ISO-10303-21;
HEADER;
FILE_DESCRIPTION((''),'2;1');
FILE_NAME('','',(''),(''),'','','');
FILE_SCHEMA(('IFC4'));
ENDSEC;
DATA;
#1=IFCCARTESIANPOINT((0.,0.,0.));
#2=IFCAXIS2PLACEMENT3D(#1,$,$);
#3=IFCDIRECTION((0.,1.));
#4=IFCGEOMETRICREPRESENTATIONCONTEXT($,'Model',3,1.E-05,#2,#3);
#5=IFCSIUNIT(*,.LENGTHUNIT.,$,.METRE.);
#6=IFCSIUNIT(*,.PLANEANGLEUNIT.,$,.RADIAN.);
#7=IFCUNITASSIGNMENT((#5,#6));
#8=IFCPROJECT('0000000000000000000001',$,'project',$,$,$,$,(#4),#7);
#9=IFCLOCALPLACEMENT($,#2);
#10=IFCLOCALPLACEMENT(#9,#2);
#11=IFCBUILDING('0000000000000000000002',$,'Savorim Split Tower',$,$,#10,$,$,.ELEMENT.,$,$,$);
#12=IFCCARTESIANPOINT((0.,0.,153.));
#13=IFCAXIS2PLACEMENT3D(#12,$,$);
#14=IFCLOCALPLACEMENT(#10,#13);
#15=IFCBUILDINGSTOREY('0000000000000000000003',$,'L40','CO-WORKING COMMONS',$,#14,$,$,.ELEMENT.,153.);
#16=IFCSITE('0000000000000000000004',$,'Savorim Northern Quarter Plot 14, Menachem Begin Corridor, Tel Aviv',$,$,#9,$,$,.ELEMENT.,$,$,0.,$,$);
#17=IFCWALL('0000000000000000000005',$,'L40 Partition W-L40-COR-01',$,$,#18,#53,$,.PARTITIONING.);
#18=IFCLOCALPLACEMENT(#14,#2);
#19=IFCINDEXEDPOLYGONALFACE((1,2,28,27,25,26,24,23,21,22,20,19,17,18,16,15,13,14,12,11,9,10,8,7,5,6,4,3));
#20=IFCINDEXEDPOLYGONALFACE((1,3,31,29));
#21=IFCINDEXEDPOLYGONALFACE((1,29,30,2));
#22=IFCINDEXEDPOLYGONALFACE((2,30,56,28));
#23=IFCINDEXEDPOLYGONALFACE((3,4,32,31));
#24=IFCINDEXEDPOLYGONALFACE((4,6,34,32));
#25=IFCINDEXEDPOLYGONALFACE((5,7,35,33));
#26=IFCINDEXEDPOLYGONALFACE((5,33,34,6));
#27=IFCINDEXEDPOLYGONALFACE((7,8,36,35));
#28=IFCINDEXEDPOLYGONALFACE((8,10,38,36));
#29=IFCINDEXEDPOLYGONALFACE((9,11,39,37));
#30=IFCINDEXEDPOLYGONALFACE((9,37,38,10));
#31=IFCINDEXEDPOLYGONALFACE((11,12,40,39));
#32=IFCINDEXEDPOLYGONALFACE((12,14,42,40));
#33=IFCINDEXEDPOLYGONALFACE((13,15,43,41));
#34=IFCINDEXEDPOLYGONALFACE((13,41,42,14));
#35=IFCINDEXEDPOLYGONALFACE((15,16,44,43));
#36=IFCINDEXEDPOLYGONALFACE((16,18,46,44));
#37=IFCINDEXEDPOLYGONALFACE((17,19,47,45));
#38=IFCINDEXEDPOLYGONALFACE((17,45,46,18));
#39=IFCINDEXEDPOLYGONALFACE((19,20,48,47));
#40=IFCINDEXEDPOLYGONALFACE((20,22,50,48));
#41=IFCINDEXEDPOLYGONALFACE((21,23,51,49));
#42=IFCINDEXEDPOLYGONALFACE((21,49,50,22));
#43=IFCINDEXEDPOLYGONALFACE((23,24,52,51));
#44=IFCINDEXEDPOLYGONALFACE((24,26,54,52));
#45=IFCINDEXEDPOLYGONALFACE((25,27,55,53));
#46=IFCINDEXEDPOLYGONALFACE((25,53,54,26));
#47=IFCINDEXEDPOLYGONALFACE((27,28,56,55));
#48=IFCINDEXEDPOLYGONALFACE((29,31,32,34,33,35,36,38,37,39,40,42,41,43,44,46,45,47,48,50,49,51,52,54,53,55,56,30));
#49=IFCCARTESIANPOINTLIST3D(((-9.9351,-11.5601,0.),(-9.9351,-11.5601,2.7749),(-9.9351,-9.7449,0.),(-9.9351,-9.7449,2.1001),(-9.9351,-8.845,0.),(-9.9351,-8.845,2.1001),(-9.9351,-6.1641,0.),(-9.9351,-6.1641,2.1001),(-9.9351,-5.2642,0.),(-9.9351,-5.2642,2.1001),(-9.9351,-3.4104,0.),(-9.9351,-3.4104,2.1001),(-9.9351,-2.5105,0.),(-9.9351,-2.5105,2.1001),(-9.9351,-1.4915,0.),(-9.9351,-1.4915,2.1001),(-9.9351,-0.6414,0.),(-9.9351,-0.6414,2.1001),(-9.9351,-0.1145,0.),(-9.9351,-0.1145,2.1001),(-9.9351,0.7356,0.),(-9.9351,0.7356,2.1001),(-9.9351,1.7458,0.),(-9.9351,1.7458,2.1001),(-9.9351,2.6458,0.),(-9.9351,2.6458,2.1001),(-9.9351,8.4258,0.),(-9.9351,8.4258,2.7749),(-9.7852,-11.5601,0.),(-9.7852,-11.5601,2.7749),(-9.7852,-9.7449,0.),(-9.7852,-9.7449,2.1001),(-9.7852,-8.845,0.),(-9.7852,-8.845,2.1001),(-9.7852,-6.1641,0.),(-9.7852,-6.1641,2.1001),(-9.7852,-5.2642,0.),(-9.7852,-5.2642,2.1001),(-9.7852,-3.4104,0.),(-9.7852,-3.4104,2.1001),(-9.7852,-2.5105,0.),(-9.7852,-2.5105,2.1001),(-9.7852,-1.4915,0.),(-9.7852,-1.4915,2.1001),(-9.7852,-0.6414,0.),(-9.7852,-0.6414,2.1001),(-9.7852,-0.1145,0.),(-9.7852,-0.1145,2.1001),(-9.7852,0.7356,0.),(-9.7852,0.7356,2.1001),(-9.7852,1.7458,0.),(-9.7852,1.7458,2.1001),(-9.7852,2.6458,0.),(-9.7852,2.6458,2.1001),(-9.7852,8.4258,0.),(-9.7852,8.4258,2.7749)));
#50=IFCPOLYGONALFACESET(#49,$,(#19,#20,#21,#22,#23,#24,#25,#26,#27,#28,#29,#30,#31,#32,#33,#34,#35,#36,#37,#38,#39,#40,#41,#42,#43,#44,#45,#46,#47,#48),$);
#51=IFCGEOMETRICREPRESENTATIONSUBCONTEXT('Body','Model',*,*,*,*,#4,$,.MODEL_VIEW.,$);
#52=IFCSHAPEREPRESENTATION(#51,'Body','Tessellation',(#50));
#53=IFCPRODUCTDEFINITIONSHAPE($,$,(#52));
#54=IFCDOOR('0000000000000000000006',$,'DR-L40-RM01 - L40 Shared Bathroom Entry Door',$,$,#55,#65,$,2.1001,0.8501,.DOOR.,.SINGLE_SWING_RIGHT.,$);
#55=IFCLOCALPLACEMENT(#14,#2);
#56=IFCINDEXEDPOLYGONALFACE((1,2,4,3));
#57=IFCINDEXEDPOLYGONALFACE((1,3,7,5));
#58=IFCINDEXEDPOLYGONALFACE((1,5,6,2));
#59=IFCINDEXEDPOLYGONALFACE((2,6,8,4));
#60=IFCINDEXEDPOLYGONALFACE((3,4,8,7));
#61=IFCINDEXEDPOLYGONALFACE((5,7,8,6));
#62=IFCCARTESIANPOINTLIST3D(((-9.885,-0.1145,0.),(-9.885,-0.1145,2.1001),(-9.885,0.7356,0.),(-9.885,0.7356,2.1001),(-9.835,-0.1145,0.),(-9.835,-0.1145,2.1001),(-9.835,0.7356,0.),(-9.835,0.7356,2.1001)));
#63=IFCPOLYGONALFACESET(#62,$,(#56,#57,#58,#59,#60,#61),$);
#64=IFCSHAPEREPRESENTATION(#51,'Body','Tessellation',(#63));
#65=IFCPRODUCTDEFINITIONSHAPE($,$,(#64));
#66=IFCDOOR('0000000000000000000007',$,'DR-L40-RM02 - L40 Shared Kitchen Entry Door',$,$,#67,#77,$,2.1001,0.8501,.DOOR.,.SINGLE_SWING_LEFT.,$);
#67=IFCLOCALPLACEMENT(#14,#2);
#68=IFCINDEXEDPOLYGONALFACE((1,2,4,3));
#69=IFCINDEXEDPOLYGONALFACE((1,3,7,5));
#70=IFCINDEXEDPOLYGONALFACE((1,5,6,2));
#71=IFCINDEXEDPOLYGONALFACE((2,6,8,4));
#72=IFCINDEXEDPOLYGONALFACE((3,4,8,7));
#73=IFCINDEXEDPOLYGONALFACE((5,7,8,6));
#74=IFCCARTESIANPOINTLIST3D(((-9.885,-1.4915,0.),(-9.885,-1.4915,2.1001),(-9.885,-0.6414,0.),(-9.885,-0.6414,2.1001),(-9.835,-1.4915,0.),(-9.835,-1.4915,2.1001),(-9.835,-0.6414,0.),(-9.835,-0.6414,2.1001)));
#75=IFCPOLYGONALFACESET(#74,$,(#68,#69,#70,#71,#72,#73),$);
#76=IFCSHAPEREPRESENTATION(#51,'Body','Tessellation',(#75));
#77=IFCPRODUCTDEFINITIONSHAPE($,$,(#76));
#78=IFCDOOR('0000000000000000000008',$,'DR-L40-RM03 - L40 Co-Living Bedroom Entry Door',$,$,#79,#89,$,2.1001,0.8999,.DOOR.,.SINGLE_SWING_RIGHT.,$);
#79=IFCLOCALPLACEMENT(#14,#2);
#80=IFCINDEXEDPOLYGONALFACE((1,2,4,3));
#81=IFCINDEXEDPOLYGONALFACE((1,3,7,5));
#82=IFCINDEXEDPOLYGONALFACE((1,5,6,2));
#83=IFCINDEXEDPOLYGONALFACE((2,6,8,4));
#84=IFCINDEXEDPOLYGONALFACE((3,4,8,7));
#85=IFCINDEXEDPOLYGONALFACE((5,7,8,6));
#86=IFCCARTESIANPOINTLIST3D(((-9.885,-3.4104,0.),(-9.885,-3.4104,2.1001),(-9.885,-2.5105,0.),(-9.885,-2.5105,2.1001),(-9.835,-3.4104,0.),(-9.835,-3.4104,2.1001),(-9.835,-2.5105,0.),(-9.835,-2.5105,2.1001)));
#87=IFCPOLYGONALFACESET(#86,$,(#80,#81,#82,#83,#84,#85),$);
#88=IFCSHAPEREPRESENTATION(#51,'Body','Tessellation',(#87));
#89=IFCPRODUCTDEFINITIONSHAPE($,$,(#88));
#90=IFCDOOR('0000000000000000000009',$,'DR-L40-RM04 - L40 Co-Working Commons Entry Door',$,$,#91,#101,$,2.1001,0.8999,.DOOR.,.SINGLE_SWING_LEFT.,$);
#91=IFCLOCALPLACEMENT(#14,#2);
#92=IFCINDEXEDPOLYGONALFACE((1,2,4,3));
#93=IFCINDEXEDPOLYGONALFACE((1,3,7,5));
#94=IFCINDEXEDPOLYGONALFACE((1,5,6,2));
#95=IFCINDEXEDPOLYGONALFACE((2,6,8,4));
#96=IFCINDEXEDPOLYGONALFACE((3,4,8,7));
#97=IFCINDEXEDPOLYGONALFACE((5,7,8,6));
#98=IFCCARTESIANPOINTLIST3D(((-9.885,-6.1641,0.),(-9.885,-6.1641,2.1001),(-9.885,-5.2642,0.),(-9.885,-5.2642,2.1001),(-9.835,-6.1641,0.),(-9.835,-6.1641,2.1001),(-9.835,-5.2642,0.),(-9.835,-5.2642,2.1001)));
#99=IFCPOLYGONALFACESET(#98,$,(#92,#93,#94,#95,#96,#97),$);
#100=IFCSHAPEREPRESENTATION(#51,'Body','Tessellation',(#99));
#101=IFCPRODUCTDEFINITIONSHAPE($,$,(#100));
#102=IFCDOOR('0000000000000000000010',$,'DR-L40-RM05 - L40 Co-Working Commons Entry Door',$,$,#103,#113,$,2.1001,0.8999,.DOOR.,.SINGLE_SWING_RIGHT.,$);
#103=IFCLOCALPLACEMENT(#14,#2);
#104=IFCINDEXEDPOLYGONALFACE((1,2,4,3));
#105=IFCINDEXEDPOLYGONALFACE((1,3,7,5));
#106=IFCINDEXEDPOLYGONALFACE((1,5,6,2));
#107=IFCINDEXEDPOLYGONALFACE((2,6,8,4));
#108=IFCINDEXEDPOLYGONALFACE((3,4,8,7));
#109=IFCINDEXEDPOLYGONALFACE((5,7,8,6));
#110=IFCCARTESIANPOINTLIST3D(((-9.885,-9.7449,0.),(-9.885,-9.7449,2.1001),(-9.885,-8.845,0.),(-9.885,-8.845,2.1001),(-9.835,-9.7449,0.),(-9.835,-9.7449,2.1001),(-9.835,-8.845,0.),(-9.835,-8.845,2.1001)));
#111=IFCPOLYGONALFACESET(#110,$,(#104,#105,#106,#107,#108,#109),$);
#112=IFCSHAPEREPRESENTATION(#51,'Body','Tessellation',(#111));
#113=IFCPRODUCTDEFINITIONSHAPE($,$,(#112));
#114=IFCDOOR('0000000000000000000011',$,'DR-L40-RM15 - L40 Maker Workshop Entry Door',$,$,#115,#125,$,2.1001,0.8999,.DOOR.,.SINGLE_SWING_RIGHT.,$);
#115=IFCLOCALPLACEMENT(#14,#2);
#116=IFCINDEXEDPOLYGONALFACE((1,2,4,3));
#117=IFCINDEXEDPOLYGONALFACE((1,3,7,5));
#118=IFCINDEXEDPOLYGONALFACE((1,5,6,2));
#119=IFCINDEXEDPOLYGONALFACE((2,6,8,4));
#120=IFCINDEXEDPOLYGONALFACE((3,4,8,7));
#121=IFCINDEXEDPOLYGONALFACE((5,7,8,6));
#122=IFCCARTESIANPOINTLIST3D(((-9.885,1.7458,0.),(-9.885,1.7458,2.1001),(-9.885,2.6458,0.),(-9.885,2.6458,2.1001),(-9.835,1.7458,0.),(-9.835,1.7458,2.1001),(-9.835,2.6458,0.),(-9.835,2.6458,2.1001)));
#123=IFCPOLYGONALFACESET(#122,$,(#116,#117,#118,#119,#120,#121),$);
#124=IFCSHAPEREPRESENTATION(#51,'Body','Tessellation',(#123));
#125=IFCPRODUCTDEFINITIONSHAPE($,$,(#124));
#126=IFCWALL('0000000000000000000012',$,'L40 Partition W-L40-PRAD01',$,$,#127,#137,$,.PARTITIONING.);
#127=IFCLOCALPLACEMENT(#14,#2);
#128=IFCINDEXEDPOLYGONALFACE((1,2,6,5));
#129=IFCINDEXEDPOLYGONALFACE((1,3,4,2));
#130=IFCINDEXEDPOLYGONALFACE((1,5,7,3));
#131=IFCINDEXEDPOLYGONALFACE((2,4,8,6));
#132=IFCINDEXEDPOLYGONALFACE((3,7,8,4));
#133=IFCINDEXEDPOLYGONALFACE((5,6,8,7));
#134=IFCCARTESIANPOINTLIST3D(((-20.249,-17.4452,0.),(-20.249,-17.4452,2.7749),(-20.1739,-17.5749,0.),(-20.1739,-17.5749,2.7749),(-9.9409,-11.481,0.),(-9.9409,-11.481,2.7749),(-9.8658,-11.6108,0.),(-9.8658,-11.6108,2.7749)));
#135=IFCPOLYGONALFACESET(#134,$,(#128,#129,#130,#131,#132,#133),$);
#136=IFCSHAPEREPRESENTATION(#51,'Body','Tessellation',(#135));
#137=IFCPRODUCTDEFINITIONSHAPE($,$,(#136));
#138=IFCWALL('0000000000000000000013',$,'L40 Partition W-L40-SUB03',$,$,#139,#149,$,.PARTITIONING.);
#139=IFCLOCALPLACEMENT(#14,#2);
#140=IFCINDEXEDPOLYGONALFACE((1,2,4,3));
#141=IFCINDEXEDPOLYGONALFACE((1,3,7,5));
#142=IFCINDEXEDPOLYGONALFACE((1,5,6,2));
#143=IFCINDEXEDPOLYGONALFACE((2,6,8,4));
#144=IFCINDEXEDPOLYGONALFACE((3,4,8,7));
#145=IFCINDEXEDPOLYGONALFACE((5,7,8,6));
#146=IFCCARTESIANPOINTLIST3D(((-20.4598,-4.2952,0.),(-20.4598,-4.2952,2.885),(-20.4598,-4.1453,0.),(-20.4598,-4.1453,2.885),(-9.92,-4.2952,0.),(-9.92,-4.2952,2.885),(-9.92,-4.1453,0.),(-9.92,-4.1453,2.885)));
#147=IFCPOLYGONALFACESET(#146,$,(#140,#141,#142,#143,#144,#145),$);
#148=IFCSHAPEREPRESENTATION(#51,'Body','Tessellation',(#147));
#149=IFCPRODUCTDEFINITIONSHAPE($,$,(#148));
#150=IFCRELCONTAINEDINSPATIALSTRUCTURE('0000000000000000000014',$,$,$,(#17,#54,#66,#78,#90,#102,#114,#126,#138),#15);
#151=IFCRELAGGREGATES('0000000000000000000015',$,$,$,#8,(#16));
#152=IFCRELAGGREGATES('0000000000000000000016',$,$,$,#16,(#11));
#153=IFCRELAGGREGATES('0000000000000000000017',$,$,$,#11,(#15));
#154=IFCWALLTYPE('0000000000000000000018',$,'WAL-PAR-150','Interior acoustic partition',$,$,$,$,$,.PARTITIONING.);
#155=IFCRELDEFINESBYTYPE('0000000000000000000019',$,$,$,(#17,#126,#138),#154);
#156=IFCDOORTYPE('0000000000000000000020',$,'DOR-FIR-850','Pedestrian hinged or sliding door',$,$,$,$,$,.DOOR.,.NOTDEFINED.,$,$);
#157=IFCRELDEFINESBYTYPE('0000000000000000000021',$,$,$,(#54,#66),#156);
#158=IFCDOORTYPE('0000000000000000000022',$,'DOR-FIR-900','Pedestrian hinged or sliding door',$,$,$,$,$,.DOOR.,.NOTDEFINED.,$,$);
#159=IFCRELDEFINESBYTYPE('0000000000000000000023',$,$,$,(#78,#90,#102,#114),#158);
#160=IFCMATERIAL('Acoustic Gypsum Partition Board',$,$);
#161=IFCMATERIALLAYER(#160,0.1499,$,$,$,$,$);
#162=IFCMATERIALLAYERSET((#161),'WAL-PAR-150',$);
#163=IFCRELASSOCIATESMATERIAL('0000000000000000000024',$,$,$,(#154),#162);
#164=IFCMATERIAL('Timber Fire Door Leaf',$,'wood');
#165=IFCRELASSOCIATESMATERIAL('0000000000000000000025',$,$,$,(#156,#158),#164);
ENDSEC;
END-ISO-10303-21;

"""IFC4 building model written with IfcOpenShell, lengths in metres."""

from ifc_helpers import new_model, si_unit, direction, frame, frame_2d, origin, place, context, subcontext, project, spatial, rectangle, extrude, material, layer, layer_set, type_object, element, fill, save


model = new_model("IFC4")

# Units and contexts
model_context = context("Model", 3, precision=1e-05, world=origin(), true_north=direction((0.0, 1.0)))
body_context = subcontext(model_context, "Body", "Model", "MODEL_VIEW")
ifc_project = project(units=[si_unit("LENGTHUNIT", "METRE"), si_unit("PLANEANGLEUNIT", "RADIAN")], contexts=[model_context])

# Site, building, storey
site_placement = place(None, origin())
site = spatial("IfcSite", under=ifc_project, at=site_placement, Name="Savorim Northern Quarter Plot 14, Menachem Begin Corridor, Tel Aviv", CompositionType="ELEMENT", RefElevation=0.0)
building_placement = place(site_placement, origin())
building = spatial("IfcBuilding", under=site, at=building_placement, Name="Savorim Split Tower", CompositionType="ELEMENT")
storey_placement = place(building_placement, frame((0.0, 0.0, 153.0)))
storey = spatial("IfcBuildingStorey", under=building, at=storey_placement, Name="L40", Description="CO-WORKING COMMONS", CompositionType="ELEMENT", Elevation=153.0)

# Shared definitions
ifc_material_1 = material(Name="Timber Fire Door Leaf", Category="wood")

# Wall, openings, doors
ifc_material_2 = material(Name="Acoustic Gypsum Partition Board")
ifc_layer_1 = layer(ifc_material_2, 0.1499)
ifc_layer_set_1 = layer_set([ifc_layer_1], Name="WAL-PAR-150")
wall_type_1 = type_object("IfcWallType", Name="WAL-PAR-150", Description="Interior acoustic partition", PredefinedType="PARTITIONING", material=ifc_layer_set_1)
wall_1_placement = place(storey_placement, frame((-9.8601, -11.5601, 0.0), z_axis=(0.0, 0.0, 1.0), x_axis=(0.0, 1.0, 0.0)))
wall_1 = element("IfcWall", 1, at=wall_1_placement, inside=storey, type_object=wall_type_1, Name="L40 Partition W-L40-COR-01", PredefinedType="PARTITIONING", context=body_context, shape_type="SweptSolid", body=[
    extrude(rectangle(XDim=19.9858, YDim=0.1499, at=frame_2d((9.9929, 0.0))), origin(), (0.0, 0.0, 1.0), 2.7749),
])
opening_1_placement = place(wall_1_placement, frame((11.4456, 0.0, 0.0)))
opening_1 = element("IfcOpeningElement", 2, at=opening_1_placement, cuts=wall_1, PredefinedType="OPENING", context=body_context, shape_type="SweptSolid", body=[
    extrude(rectangle(XDim=0.8501, YDim=2.1001, at=frame_2d((0.425, 1.05))), frame((0.0, 0.085, 0.0), z_axis=(0.0, -1.0, 0.0), x_axis=(1.0, 0.0, 0.0)), (0.0, 0.0, 1.0), 0.1699),
])
opening_2_placement = place(wall_1_placement, frame((10.0686, 0.0, 0.0)))
opening_2 = element("IfcOpeningElement", 3, at=opening_2_placement, cuts=wall_1, PredefinedType="OPENING", context=body_context, shape_type="SweptSolid", body=[
    extrude(rectangle(XDim=0.8501, YDim=2.1001, at=frame_2d((0.425, 1.05))), frame((0.0, 0.085, 0.0), z_axis=(0.0, -1.0, 0.0), x_axis=(1.0, 0.0, 0.0)), (0.0, 0.0, 1.0), 0.1699),
])
opening_3_placement = place(wall_1_placement, frame((8.1497, 0.0, 0.0)))
opening_3 = element("IfcOpeningElement", 4, at=opening_3_placement, cuts=wall_1, PredefinedType="OPENING", context=body_context, shape_type="SweptSolid", body=[
    extrude(rectangle(XDim=0.8999, YDim=2.1001, at=frame_2d((0.45, 1.05))), frame((0.0, 0.085, 0.0), z_axis=(0.0, -1.0, 0.0), x_axis=(1.0, 0.0, 0.0)), (0.0, 0.0, 1.0), 0.1699),
])
opening_4_placement = place(wall_1_placement, frame((5.396, 0.0, 0.0)))
opening_4 = element("IfcOpeningElement", 5, at=opening_4_placement, cuts=wall_1, PredefinedType="OPENING", context=body_context, shape_type="SweptSolid", body=[
    extrude(rectangle(XDim=0.8999, YDim=2.1001, at=frame_2d((0.45, 1.05))), frame((0.0, 0.085, 0.0), z_axis=(0.0, -1.0, 0.0), x_axis=(1.0, 0.0, 0.0)), (0.0, 0.0, 1.0), 0.1699),
])
opening_5_placement = place(wall_1_placement, frame((1.8152, 0.0, 0.0)))
opening_5 = element("IfcOpeningElement", 6, at=opening_5_placement, cuts=wall_1, PredefinedType="OPENING", context=body_context, shape_type="SweptSolid", body=[
    extrude(rectangle(XDim=0.8999, YDim=2.1001, at=frame_2d((0.45, 1.05))), frame((0.0, 0.085, 0.0), z_axis=(0.0, -1.0, 0.0), x_axis=(1.0, 0.0, 0.0)), (0.0, 0.0, 1.0), 0.1699),
])
opening_6_placement = place(wall_1_placement, frame((13.3059, 0.0, 0.0)))
opening_6 = element("IfcOpeningElement", 7, at=opening_6_placement, cuts=wall_1, PredefinedType="OPENING", context=body_context, shape_type="SweptSolid", body=[
    extrude(rectangle(XDim=0.8999, YDim=2.1001, at=frame_2d((0.45, 1.05))), frame((0.0, 0.085, 0.0), z_axis=(0.0, -1.0, 0.0), x_axis=(1.0, 0.0, 0.0)), (0.0, 0.0, 1.0), 0.1699),
])
door_type_1 = type_object("IfcDoorType", Name="DOR-FIR-850", Description="Pedestrian hinged or sliding door", OperationType="NOTDEFINED", PredefinedType="DOOR", material=ifc_material_1)
door_1_placement = place(opening_1_placement, origin())
door_1 = element("IfcDoor", 8, at=door_1_placement, inside=storey, type_object=door_type_1, Name="DR-L40-RM01 - L40 Shared Bathroom Entry Door", OperationType="SINGLE_SWING_RIGHT", OverallHeight=2.1001, OverallWidth=0.8501, PredefinedType="DOOR", context=body_context, shape_type="SweptSolid", body=[
    extrude(rectangle(XDim=0.8501, YDim=2.1001, at=frame_2d((0.425, 1.05))), frame((0.0, 0.0249, 0.0), z_axis=(0.0, -1.0, 0.0), x_axis=(1.0, 0.0, 0.0)), (0.0, 0.0, 1.0), 0.05),
])
fill(opening_1, door_1)
door_2_placement = place(opening_2_placement, origin())
door_2 = element("IfcDoor", 9, at=door_2_placement, inside=storey, type_object=door_type_1, Name="DR-L40-RM02 - L40 Shared Kitchen Entry Door", OperationType="SINGLE_SWING_LEFT", OverallHeight=2.1001, OverallWidth=0.8501, PredefinedType="DOOR", context=body_context, shape_type="SweptSolid", body=[
    extrude(rectangle(XDim=0.8501, YDim=2.1001, at=frame_2d((0.425, 1.05))), frame((0.0, 0.0249, 0.0), z_axis=(0.0, -1.0, 0.0), x_axis=(1.0, 0.0, 0.0)), (0.0, 0.0, 1.0), 0.05),
])
fill(opening_2, door_2)
door_type_2 = type_object("IfcDoorType", Name="DOR-FIR-900", Description="Pedestrian hinged or sliding door", OperationType="NOTDEFINED", PredefinedType="DOOR", material=ifc_material_1)
door_3_placement = place(opening_3_placement, origin())
door_3 = element("IfcDoor", 10, at=door_3_placement, inside=storey, type_object=door_type_2, Name="DR-L40-RM03 - L40 Co-Living Bedroom Entry Door", OperationType="SINGLE_SWING_RIGHT", OverallHeight=2.1001, OverallWidth=0.8999, PredefinedType="DOOR", context=body_context, shape_type="SweptSolid", body=[
    extrude(rectangle(XDim=0.8999, YDim=2.1001, at=frame_2d((0.45, 1.05))), frame((0.0, 0.0249, 0.0), z_axis=(0.0, -1.0, 0.0), x_axis=(1.0, 0.0, 0.0)), (0.0, 0.0, 1.0), 0.05),
])
fill(opening_3, door_3)
door_4_placement = place(opening_4_placement, origin())
door_4 = element("IfcDoor", 11, at=door_4_placement, inside=storey, type_object=door_type_2, Name="DR-L40-RM04 - L40 Co-Working Commons Entry Door", OperationType="SINGLE_SWING_LEFT", OverallHeight=2.1001, OverallWidth=0.8999, PredefinedType="DOOR", context=body_context, shape_type="SweptSolid", body=[
    extrude(rectangle(XDim=0.8999, YDim=2.1001, at=frame_2d((0.45, 1.05))), frame((0.0, 0.0249, 0.0), z_axis=(0.0, -1.0, 0.0), x_axis=(1.0, 0.0, 0.0)), (0.0, 0.0, 1.0), 0.05),
])
fill(opening_4, door_4)
door_5_placement = place(opening_5_placement, origin())
door_5 = element("IfcDoor", 12, at=door_5_placement, inside=storey, type_object=door_type_2, Name="DR-L40-RM05 - L40 Co-Working Commons Entry Door", OperationType="SINGLE_SWING_RIGHT", OverallHeight=2.1001, OverallWidth=0.8999, PredefinedType="DOOR", context=body_context, shape_type="SweptSolid", body=[
    extrude(rectangle(XDim=0.8999, YDim=2.1001, at=frame_2d((0.45, 1.05))), frame((0.0, 0.0249, 0.0), z_axis=(0.0, -1.0, 0.0), x_axis=(1.0, 0.0, 0.0)), (0.0, 0.0, 1.0), 0.05),
])
fill(opening_5, door_5)
door_6_placement = place(opening_6_placement, origin())
door_6 = element("IfcDoor", 13, at=door_6_placement, inside=storey, type_object=door_type_2, Name="DR-L40-RM15 - L40 Maker Workshop Entry Door", OperationType="SINGLE_SWING_RIGHT", OverallHeight=2.1001, OverallWidth=0.8999, PredefinedType="DOOR", context=body_context, shape_type="SweptSolid", body=[
    extrude(rectangle(XDim=0.8999, YDim=2.1001, at=frame_2d((0.45, 1.05))), frame((0.0, 0.0249, 0.0), z_axis=(0.0, -1.0, 0.0), x_axis=(1.0, 0.0, 0.0)), (0.0, 0.0, 1.0), 0.05),
])
fill(opening_6, door_6)

# Walls
wall_2_placement = place(storey_placement, frame((-9.9033, -11.5459, 0.0), z_axis=(0.0, 0.0, 1.0), x_axis=(-0.865562, -0.500801, 0.0)))
element("IfcWall", 14, at=wall_2_placement, inside=storey, type_object=wall_type_1, Name="L40 Partition W-L40-PRAD01", PredefinedType="PARTITIONING", context=body_context, shape_type="SweptSolid", body=[
    extrude(rectangle(XDim=11.9092, YDim=0.1499, at=frame_2d((5.9546, 0.0))), origin(), (0.0, 0.0, 1.0), 2.7749),
])
wall_3_placement = place(storey_placement, frame((-9.9199, -4.2202, 0.0), z_axis=(0.0, 0.0, 1.0), x_axis=(-1.0, 0.0, 0.0)))
element("IfcWall", 15, at=wall_3_placement, inside=storey, type_object=wall_type_1, Name="L40 Partition W-L40-SUB03", PredefinedType="PARTITIONING", context=body_context, shape_type="SweptSolid", body=[
    extrude(rectangle(XDim=10.5398, YDim=0.1499, at=frame_2d((5.27, 0.0))), origin(), (0.0, 0.0, 1.0), 2.885),
])

save(model, "model.ifc")
